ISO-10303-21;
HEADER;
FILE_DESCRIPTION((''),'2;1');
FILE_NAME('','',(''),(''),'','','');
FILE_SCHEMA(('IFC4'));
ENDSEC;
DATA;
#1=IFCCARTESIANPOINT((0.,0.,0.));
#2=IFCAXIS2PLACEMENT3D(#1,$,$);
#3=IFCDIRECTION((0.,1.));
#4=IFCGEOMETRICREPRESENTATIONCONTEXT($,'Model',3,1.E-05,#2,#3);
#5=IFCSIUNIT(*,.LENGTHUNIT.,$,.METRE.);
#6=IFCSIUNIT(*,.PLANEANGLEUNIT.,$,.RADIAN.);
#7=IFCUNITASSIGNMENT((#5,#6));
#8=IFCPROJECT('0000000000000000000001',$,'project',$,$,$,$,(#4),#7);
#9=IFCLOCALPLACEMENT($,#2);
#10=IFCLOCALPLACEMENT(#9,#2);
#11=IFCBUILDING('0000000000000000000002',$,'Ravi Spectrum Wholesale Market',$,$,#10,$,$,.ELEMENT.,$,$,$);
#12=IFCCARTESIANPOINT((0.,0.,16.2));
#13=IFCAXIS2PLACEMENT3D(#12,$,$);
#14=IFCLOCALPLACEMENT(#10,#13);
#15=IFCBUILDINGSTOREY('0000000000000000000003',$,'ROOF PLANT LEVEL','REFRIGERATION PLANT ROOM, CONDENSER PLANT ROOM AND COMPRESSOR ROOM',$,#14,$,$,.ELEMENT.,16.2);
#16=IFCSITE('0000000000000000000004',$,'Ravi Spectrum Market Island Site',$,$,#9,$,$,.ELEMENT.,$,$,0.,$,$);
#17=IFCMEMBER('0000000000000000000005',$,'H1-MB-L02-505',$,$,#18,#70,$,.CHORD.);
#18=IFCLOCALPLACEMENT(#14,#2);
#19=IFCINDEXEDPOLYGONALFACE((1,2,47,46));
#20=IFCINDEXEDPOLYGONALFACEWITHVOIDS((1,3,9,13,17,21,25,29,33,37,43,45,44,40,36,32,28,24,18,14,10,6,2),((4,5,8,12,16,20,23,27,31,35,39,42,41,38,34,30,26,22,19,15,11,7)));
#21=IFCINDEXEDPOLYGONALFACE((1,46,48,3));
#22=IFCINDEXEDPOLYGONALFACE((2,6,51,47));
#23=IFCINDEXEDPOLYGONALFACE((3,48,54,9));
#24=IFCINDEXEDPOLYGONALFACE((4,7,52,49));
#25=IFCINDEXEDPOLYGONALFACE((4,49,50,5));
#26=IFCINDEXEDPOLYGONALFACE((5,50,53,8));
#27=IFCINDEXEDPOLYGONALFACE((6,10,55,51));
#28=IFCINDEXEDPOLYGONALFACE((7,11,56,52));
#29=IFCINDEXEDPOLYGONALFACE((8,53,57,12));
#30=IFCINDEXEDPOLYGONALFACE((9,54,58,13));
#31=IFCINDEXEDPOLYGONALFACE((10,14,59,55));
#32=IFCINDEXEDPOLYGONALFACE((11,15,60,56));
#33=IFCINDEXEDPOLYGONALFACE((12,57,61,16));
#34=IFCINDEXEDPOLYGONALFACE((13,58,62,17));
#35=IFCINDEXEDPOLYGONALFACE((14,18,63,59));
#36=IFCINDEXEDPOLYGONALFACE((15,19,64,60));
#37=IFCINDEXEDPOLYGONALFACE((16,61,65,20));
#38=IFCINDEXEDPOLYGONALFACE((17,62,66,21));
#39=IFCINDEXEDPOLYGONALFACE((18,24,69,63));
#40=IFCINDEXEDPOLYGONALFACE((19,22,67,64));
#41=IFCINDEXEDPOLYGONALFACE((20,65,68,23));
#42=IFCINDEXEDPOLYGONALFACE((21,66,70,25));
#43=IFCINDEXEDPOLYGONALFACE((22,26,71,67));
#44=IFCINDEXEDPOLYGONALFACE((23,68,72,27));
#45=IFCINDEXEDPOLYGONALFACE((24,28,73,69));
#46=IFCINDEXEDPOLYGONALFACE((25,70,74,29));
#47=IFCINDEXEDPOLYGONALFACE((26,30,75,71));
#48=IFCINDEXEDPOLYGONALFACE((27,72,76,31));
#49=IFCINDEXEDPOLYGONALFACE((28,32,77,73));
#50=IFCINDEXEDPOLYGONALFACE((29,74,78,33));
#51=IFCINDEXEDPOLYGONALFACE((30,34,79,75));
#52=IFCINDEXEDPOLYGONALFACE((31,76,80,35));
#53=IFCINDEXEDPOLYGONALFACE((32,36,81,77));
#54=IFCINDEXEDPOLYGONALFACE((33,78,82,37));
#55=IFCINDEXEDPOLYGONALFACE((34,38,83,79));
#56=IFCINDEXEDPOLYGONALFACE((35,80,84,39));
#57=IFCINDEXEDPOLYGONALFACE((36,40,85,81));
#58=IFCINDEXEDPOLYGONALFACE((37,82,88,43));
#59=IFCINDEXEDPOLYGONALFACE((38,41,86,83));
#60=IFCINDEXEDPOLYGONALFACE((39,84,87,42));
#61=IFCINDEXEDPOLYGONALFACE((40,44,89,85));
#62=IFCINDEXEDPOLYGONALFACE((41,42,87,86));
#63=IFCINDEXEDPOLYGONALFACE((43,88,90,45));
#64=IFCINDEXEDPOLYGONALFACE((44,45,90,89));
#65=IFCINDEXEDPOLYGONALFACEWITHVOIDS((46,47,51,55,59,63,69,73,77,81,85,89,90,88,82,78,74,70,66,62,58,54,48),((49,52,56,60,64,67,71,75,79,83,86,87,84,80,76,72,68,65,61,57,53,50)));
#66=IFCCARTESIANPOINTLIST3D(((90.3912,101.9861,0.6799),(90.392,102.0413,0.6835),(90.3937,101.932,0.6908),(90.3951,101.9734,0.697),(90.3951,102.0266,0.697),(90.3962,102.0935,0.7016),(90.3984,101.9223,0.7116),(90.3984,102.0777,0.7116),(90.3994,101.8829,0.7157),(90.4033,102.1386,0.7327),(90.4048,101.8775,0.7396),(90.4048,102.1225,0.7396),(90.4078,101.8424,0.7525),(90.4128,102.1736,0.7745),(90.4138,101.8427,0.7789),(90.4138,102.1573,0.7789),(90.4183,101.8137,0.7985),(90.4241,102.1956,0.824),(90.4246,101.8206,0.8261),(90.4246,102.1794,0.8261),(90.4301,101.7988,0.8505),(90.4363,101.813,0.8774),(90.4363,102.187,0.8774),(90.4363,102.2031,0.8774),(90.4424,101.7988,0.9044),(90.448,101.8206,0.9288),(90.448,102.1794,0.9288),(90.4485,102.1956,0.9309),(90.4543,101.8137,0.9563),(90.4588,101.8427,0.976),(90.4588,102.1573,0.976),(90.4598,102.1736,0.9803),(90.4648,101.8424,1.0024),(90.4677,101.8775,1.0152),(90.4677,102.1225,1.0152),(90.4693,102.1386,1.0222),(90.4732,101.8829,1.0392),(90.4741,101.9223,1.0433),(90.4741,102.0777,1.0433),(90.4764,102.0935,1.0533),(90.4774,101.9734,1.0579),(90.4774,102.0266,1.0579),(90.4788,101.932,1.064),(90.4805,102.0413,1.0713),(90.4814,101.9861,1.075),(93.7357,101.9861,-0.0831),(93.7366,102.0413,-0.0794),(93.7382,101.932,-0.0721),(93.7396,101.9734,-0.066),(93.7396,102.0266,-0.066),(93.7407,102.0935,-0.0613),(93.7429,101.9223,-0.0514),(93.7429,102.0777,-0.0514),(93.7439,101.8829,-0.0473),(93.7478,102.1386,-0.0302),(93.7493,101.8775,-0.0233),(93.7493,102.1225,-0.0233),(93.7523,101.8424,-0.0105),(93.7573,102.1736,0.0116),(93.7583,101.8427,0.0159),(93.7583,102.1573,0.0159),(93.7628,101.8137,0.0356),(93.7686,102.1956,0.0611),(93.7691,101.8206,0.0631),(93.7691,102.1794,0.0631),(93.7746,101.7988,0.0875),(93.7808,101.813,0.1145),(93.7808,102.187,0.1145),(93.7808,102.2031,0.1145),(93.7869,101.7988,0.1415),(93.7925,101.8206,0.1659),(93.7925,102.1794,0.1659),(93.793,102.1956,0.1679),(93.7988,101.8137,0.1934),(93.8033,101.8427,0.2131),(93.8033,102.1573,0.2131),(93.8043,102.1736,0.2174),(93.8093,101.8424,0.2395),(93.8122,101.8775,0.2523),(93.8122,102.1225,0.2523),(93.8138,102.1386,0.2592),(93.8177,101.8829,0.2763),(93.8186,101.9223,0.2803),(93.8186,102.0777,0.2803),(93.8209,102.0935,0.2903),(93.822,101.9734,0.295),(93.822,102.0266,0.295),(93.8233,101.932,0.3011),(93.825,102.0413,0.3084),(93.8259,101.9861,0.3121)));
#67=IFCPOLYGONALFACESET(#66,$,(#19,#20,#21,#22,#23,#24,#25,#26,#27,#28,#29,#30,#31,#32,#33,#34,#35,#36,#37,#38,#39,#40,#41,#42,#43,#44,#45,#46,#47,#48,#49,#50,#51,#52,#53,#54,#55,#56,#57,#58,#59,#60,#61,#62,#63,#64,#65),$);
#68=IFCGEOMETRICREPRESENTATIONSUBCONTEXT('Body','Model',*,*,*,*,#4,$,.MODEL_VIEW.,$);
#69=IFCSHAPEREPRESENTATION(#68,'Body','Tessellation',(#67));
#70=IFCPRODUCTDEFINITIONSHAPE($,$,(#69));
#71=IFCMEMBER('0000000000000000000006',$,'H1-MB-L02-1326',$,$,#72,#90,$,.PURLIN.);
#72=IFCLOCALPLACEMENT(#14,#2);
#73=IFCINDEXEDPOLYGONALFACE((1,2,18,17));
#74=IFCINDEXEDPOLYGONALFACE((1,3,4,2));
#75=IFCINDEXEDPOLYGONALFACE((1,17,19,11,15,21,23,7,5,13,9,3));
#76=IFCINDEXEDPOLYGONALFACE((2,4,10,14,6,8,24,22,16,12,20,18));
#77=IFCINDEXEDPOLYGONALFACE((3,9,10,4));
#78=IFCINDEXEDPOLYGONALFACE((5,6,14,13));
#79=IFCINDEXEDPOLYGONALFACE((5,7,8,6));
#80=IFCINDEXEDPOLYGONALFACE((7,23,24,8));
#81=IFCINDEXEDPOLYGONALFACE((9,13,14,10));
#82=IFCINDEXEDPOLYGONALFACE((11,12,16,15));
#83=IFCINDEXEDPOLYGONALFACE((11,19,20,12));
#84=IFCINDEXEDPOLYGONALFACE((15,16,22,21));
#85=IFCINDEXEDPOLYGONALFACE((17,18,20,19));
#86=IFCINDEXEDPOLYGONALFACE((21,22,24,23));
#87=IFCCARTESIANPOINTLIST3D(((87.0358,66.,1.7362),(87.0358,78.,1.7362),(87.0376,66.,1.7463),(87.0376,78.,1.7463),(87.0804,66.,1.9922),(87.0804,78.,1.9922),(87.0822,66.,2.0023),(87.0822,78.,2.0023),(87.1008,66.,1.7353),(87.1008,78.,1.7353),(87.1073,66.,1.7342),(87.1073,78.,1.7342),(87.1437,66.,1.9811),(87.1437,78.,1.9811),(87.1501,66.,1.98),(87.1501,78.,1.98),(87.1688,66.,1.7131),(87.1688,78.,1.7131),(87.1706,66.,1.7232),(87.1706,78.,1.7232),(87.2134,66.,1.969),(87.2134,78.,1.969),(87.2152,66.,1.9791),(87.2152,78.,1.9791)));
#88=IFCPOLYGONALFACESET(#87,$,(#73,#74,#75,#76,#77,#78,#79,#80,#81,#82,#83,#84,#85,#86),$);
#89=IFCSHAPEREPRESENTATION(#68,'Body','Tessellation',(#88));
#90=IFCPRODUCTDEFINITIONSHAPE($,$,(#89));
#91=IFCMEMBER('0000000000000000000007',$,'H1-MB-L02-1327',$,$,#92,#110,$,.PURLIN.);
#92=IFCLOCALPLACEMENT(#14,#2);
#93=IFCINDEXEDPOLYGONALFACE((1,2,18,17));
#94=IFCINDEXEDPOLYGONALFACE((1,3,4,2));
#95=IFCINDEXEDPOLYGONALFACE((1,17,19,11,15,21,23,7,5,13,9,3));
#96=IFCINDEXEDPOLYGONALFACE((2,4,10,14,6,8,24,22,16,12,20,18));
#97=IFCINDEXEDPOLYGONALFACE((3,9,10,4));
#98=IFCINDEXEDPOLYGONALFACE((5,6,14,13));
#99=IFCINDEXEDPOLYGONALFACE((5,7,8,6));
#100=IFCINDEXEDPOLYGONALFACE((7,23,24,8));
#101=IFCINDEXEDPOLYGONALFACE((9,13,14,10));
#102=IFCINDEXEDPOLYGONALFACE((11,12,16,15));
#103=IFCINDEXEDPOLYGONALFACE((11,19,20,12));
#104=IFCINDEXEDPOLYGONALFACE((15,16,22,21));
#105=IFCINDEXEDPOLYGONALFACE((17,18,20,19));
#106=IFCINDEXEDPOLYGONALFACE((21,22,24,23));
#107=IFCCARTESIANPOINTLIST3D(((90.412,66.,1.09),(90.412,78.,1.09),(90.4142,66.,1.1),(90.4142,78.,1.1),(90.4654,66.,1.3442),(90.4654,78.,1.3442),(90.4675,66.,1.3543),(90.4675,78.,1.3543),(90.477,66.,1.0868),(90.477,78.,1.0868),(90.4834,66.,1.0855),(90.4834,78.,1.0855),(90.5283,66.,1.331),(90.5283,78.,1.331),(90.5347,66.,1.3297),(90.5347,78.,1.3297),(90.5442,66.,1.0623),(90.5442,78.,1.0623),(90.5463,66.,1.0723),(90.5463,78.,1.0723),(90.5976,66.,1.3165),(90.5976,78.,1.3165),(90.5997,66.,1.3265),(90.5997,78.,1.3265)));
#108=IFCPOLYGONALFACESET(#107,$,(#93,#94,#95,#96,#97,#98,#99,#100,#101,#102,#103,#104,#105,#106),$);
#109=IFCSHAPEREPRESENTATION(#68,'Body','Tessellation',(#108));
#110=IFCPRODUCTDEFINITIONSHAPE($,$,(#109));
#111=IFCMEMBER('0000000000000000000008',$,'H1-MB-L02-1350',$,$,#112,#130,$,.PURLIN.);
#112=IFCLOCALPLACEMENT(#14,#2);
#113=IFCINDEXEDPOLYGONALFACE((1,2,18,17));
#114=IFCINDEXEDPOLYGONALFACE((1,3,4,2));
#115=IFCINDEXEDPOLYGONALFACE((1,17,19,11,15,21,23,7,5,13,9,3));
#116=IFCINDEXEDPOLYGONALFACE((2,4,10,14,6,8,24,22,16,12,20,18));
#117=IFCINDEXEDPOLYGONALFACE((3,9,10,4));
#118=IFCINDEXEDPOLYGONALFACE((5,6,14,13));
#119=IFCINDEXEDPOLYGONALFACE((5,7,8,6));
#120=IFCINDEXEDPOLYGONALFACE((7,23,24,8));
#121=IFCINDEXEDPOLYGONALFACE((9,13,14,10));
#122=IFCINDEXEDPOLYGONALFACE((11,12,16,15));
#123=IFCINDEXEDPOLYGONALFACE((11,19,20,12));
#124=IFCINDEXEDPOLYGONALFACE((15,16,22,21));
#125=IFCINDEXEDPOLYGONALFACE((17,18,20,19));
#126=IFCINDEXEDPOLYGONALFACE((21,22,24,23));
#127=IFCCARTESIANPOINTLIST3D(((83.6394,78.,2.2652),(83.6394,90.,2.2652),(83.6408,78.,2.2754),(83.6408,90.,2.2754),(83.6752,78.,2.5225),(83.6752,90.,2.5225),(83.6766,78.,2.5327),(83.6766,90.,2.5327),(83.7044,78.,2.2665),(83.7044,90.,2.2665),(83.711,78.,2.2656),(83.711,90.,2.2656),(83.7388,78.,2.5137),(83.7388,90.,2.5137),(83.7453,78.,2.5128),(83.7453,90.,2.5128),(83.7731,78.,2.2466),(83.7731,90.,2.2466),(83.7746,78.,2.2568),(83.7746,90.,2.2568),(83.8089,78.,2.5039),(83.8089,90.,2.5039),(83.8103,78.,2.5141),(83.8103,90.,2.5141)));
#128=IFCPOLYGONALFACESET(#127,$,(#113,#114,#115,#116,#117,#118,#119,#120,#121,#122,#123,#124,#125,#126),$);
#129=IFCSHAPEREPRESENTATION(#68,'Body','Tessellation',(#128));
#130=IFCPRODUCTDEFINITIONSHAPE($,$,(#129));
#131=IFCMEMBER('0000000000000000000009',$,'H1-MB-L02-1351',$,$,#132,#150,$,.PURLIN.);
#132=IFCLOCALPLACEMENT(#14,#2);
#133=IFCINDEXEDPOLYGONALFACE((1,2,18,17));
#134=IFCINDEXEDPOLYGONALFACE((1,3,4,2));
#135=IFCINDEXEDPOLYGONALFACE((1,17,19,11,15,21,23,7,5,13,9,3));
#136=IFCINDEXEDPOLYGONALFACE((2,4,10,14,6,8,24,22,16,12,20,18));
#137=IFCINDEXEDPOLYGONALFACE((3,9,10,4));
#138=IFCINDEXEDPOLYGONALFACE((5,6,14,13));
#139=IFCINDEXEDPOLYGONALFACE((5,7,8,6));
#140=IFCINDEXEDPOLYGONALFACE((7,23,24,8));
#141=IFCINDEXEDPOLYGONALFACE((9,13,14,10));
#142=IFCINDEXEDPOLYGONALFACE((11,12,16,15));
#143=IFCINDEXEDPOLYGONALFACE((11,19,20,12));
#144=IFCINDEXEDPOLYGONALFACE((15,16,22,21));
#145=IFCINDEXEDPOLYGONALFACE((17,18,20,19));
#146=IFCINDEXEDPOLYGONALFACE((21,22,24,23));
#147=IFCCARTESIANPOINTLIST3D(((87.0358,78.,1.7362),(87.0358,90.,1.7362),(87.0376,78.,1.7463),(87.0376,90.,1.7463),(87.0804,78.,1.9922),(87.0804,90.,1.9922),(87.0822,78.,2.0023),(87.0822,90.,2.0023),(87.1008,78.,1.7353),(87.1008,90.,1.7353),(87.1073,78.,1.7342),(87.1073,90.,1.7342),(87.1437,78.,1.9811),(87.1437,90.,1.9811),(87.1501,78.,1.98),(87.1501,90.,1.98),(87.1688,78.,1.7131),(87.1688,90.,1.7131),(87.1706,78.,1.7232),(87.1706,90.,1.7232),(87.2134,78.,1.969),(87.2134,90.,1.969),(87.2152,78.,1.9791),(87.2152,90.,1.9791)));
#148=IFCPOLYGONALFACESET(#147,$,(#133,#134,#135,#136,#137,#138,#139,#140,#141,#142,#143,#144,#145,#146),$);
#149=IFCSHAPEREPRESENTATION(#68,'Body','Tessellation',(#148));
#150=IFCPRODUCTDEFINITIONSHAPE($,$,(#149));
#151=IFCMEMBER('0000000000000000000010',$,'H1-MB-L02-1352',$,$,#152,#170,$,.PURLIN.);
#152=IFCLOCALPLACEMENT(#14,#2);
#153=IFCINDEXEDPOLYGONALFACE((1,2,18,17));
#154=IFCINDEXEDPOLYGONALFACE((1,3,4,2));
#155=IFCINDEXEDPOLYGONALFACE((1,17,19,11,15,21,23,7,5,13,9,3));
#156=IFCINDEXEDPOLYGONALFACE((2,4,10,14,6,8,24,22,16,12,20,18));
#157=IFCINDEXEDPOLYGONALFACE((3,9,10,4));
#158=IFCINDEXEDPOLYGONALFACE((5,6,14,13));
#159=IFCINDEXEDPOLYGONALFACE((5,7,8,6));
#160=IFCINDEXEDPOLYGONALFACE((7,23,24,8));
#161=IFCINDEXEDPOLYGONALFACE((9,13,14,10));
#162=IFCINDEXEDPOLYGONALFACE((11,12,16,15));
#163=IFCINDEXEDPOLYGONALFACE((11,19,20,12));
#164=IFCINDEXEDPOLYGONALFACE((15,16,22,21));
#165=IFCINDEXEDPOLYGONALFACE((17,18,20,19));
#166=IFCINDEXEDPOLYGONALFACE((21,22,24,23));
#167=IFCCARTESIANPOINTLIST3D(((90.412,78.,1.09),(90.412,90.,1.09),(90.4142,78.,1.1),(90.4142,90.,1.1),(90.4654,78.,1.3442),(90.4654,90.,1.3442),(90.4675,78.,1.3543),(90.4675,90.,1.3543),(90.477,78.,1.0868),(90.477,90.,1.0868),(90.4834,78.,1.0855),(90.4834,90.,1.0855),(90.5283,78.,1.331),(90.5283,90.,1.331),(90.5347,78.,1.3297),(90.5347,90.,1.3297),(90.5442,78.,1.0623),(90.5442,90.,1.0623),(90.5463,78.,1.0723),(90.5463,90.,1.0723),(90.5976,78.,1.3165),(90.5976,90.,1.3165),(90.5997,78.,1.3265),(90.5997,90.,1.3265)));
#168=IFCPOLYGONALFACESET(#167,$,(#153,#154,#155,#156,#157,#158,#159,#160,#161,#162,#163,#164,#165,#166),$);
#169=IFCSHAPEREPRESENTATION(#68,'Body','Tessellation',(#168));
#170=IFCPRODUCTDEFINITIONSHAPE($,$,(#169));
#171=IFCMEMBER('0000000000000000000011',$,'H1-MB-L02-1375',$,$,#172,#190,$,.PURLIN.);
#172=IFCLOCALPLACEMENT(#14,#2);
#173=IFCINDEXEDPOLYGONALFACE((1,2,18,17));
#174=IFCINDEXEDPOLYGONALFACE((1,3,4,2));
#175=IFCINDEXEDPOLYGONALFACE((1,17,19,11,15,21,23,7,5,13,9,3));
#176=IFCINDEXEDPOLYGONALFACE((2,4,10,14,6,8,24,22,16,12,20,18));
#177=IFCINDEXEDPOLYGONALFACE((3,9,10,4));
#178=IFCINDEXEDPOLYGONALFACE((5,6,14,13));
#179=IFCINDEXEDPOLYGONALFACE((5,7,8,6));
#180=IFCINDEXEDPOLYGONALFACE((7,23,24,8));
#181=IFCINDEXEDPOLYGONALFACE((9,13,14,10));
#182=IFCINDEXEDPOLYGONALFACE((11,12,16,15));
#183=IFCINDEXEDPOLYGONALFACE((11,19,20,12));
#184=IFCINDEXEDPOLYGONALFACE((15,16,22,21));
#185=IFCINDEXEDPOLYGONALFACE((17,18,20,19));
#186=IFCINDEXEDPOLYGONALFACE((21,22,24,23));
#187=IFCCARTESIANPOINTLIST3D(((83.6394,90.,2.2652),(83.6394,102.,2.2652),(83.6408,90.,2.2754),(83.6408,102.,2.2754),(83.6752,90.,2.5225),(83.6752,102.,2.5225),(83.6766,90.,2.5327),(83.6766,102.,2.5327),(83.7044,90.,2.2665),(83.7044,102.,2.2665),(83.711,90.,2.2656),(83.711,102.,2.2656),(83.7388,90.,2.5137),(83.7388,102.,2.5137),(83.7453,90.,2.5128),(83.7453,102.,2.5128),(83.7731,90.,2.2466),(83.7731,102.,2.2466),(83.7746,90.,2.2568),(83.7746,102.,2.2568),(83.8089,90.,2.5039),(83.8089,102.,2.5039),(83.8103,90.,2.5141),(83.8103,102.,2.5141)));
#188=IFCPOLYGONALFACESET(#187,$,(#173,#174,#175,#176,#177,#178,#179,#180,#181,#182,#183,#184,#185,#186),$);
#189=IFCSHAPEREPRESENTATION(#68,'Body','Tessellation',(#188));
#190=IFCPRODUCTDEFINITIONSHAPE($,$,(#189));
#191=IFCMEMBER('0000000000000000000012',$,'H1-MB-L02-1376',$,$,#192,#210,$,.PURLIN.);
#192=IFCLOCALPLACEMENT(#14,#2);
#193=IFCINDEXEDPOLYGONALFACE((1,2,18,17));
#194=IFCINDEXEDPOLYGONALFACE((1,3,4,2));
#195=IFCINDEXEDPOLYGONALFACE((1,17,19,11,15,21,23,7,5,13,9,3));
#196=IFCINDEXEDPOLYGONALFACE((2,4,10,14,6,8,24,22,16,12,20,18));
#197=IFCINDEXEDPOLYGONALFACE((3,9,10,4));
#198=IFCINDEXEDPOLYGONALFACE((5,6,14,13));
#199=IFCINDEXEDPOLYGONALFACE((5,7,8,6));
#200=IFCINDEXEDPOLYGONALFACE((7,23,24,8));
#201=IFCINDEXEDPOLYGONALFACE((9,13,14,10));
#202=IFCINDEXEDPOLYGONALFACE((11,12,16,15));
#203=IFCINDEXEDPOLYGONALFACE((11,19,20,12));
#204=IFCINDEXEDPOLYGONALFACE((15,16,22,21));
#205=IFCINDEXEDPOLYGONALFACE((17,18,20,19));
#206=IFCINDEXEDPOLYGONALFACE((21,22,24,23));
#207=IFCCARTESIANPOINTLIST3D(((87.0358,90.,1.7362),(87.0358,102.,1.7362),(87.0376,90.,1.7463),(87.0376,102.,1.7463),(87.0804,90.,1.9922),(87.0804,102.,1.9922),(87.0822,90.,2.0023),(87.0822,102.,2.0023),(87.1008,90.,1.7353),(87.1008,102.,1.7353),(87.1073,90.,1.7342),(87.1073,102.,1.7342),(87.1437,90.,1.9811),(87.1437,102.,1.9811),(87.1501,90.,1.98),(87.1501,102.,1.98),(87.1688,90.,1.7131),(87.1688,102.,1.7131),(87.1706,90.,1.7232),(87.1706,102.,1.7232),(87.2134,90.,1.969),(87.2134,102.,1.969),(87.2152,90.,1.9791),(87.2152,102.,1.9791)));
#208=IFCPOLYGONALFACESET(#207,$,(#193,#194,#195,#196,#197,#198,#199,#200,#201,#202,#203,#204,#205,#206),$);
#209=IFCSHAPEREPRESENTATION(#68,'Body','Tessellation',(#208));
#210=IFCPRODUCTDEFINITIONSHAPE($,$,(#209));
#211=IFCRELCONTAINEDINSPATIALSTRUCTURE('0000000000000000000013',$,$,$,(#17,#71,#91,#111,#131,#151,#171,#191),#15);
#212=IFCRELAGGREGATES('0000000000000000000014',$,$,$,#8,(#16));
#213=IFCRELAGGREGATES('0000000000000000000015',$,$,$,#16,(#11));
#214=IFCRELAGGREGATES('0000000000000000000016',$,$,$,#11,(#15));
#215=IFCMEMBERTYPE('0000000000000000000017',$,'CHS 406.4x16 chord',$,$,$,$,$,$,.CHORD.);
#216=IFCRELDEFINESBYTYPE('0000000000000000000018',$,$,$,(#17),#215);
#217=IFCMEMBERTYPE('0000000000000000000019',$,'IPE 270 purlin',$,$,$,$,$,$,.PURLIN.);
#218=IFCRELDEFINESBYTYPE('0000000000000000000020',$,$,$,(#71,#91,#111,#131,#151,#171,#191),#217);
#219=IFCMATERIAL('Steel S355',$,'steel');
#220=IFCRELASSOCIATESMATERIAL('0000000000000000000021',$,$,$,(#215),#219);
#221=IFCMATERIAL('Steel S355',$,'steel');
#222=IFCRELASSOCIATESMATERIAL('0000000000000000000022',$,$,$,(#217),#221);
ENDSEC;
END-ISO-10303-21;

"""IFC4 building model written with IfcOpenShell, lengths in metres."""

from ifc_helpers import new_model, si_unit, direction, frame, origin, origin_2d, place, context, subcontext, project, spatial, hollow_circle, i_section, extrude, material, material_profile, profile_set, type_object, element, save


model = new_model("IFC4")

# Units and contexts
model_context = context("Model", 3, precision=1e-05, world=origin(), true_north=direction((0.0, 1.0)))
body_context = subcontext(model_context, "Body", "Model", "MODEL_VIEW")
ifc_project = project(units=[si_unit("LENGTHUNIT", "METRE"), si_unit("PLANEANGLEUNIT", "RADIAN")], contexts=[model_context])

# Site, building, storey
site_placement = place(None, origin())
site = spatial("IfcSite", under=ifc_project, at=site_placement, Name="Ravi Spectrum Market Island Site", CompositionType="ELEMENT", RefElevation=0.0)
building_placement = place(site_placement, origin())
building = spatial("IfcBuilding", under=site, at=building_placement, Name="Ravi Spectrum Wholesale Market", CompositionType="ELEMENT")
storey_placement = place(building_placement, frame((0.0, 0.0, 16.2)))
storey = spatial("IfcBuildingStorey", under=building, at=storey_placement, Name="ROOF PLANT LEVEL", Description="REFRIGERATION PLANT ROOM, CONDENSER PLANT ROOM AND COMPRESSOR ROOM", CompositionType="ELEMENT", Elevation=16.2)

# Members
ifc_material_1 = material(Name="Steel S355", Category="steel")
ifc_material_profile_1 = material_profile(ifc_material_1, hollow_circle(Radius=0.2031, WallThickness=0.0161, at=origin_2d()))
ifc_profile_set_1 = profile_set([ifc_material_profile_1], Name="Steel S355")
member_type_1 = type_object("IfcMemberType", Name="CHS 406.4x16 chord", PredefinedType="CHORD", material=ifc_profile_set_1)
for number, where, z_axis, x_axis, name in (
    (1, (90.4363, 102.0, 0.8774), (0.974954, 0.0, -0.222405), (0.0, 1.0, 0.0), "H1-MB-L02-505"),
):
    element("IfcMember", number, at=place(storey_placement, frame(where, z_axis=z_axis, x_axis=x_axis)), inside=storey, type_object=member_type_1, Name=name, PredefinedType="CHORD", context=body_context, shape_type="SweptSolid", body=[
        extrude(hollow_circle(Radius=0.2031, WallThickness=0.0161, at=origin_2d()), origin(), (0.0, 0.0, 1.0), 3.4304),
    ])
ifc_material_2 = material(Name="Steel S355", Category="steel")
ifc_material_profile_2 = material_profile(ifc_material_2, i_section(OverallWidth=0.135, OverallDepth=0.27, WebThickness=0.0066, FlangeThickness=0.0103, at=origin_2d()))
ifc_profile_set_2 = profile_set([ifc_material_profile_2], Name="Steel S355")
member_type_2 = type_object("IfcMemberType", Name="IPE 270 purlin", PredefinedType="PURLIN", material=ifc_profile_set_2)
for number, where, z_axis, x_axis, name in (
    (2, (87.1255, 66.0, 1.8577), (0.0, 1.0, 0.0), (-0.98516, 0.0, 0.171639), "H1-MB-L02-1326"),
    (3, (90.5059, 66.0, 1.2083), (0.0, 1.0, 0.0), (-0.978653, 0.0, 0.205517), "H1-MB-L02-1327"),
    (4, (83.7249, 78.0, 2.3896), (0.0, 1.0, 0.0), (-0.990494, 0.0, 0.137557), "H1-MB-L02-1350"),
    (5, (87.1255, 78.0, 1.8577), (0.0, 1.0, 0.0), (-0.98516, 0.0, 0.171639), "H1-MB-L02-1351"),
    (6, (90.5059, 78.0, 1.2083), (0.0, 1.0, 0.0), (-0.978653, 0.0, 0.205517), "H1-MB-L02-1352"),
    (7, (83.7249, 90.0, 2.3896), (0.0, 1.0, 0.0), (-0.990494, 0.0, 0.137557), "H1-MB-L02-1375"),
    (8, (87.1255, 90.0, 1.8577), (0.0, 1.0, 0.0), (-0.98516, 0.0, 0.171639), "H1-MB-L02-1376"),
):
    element("IfcMember", number, at=place(storey_placement, frame(where, z_axis=z_axis, x_axis=x_axis)), inside=storey, type_object=member_type_2, Name=name, PredefinedType="PURLIN", context=body_context, shape_type="SweptSolid", body=[
        extrude(i_section(OverallWidth=0.135, OverallDepth=0.27, WebThickness=0.0066, FlangeThickness=0.0103, at=origin_2d()), origin(), (0.0, 0.0, 1.0), 12.0),
    ])

save(model, "model.ifc")
